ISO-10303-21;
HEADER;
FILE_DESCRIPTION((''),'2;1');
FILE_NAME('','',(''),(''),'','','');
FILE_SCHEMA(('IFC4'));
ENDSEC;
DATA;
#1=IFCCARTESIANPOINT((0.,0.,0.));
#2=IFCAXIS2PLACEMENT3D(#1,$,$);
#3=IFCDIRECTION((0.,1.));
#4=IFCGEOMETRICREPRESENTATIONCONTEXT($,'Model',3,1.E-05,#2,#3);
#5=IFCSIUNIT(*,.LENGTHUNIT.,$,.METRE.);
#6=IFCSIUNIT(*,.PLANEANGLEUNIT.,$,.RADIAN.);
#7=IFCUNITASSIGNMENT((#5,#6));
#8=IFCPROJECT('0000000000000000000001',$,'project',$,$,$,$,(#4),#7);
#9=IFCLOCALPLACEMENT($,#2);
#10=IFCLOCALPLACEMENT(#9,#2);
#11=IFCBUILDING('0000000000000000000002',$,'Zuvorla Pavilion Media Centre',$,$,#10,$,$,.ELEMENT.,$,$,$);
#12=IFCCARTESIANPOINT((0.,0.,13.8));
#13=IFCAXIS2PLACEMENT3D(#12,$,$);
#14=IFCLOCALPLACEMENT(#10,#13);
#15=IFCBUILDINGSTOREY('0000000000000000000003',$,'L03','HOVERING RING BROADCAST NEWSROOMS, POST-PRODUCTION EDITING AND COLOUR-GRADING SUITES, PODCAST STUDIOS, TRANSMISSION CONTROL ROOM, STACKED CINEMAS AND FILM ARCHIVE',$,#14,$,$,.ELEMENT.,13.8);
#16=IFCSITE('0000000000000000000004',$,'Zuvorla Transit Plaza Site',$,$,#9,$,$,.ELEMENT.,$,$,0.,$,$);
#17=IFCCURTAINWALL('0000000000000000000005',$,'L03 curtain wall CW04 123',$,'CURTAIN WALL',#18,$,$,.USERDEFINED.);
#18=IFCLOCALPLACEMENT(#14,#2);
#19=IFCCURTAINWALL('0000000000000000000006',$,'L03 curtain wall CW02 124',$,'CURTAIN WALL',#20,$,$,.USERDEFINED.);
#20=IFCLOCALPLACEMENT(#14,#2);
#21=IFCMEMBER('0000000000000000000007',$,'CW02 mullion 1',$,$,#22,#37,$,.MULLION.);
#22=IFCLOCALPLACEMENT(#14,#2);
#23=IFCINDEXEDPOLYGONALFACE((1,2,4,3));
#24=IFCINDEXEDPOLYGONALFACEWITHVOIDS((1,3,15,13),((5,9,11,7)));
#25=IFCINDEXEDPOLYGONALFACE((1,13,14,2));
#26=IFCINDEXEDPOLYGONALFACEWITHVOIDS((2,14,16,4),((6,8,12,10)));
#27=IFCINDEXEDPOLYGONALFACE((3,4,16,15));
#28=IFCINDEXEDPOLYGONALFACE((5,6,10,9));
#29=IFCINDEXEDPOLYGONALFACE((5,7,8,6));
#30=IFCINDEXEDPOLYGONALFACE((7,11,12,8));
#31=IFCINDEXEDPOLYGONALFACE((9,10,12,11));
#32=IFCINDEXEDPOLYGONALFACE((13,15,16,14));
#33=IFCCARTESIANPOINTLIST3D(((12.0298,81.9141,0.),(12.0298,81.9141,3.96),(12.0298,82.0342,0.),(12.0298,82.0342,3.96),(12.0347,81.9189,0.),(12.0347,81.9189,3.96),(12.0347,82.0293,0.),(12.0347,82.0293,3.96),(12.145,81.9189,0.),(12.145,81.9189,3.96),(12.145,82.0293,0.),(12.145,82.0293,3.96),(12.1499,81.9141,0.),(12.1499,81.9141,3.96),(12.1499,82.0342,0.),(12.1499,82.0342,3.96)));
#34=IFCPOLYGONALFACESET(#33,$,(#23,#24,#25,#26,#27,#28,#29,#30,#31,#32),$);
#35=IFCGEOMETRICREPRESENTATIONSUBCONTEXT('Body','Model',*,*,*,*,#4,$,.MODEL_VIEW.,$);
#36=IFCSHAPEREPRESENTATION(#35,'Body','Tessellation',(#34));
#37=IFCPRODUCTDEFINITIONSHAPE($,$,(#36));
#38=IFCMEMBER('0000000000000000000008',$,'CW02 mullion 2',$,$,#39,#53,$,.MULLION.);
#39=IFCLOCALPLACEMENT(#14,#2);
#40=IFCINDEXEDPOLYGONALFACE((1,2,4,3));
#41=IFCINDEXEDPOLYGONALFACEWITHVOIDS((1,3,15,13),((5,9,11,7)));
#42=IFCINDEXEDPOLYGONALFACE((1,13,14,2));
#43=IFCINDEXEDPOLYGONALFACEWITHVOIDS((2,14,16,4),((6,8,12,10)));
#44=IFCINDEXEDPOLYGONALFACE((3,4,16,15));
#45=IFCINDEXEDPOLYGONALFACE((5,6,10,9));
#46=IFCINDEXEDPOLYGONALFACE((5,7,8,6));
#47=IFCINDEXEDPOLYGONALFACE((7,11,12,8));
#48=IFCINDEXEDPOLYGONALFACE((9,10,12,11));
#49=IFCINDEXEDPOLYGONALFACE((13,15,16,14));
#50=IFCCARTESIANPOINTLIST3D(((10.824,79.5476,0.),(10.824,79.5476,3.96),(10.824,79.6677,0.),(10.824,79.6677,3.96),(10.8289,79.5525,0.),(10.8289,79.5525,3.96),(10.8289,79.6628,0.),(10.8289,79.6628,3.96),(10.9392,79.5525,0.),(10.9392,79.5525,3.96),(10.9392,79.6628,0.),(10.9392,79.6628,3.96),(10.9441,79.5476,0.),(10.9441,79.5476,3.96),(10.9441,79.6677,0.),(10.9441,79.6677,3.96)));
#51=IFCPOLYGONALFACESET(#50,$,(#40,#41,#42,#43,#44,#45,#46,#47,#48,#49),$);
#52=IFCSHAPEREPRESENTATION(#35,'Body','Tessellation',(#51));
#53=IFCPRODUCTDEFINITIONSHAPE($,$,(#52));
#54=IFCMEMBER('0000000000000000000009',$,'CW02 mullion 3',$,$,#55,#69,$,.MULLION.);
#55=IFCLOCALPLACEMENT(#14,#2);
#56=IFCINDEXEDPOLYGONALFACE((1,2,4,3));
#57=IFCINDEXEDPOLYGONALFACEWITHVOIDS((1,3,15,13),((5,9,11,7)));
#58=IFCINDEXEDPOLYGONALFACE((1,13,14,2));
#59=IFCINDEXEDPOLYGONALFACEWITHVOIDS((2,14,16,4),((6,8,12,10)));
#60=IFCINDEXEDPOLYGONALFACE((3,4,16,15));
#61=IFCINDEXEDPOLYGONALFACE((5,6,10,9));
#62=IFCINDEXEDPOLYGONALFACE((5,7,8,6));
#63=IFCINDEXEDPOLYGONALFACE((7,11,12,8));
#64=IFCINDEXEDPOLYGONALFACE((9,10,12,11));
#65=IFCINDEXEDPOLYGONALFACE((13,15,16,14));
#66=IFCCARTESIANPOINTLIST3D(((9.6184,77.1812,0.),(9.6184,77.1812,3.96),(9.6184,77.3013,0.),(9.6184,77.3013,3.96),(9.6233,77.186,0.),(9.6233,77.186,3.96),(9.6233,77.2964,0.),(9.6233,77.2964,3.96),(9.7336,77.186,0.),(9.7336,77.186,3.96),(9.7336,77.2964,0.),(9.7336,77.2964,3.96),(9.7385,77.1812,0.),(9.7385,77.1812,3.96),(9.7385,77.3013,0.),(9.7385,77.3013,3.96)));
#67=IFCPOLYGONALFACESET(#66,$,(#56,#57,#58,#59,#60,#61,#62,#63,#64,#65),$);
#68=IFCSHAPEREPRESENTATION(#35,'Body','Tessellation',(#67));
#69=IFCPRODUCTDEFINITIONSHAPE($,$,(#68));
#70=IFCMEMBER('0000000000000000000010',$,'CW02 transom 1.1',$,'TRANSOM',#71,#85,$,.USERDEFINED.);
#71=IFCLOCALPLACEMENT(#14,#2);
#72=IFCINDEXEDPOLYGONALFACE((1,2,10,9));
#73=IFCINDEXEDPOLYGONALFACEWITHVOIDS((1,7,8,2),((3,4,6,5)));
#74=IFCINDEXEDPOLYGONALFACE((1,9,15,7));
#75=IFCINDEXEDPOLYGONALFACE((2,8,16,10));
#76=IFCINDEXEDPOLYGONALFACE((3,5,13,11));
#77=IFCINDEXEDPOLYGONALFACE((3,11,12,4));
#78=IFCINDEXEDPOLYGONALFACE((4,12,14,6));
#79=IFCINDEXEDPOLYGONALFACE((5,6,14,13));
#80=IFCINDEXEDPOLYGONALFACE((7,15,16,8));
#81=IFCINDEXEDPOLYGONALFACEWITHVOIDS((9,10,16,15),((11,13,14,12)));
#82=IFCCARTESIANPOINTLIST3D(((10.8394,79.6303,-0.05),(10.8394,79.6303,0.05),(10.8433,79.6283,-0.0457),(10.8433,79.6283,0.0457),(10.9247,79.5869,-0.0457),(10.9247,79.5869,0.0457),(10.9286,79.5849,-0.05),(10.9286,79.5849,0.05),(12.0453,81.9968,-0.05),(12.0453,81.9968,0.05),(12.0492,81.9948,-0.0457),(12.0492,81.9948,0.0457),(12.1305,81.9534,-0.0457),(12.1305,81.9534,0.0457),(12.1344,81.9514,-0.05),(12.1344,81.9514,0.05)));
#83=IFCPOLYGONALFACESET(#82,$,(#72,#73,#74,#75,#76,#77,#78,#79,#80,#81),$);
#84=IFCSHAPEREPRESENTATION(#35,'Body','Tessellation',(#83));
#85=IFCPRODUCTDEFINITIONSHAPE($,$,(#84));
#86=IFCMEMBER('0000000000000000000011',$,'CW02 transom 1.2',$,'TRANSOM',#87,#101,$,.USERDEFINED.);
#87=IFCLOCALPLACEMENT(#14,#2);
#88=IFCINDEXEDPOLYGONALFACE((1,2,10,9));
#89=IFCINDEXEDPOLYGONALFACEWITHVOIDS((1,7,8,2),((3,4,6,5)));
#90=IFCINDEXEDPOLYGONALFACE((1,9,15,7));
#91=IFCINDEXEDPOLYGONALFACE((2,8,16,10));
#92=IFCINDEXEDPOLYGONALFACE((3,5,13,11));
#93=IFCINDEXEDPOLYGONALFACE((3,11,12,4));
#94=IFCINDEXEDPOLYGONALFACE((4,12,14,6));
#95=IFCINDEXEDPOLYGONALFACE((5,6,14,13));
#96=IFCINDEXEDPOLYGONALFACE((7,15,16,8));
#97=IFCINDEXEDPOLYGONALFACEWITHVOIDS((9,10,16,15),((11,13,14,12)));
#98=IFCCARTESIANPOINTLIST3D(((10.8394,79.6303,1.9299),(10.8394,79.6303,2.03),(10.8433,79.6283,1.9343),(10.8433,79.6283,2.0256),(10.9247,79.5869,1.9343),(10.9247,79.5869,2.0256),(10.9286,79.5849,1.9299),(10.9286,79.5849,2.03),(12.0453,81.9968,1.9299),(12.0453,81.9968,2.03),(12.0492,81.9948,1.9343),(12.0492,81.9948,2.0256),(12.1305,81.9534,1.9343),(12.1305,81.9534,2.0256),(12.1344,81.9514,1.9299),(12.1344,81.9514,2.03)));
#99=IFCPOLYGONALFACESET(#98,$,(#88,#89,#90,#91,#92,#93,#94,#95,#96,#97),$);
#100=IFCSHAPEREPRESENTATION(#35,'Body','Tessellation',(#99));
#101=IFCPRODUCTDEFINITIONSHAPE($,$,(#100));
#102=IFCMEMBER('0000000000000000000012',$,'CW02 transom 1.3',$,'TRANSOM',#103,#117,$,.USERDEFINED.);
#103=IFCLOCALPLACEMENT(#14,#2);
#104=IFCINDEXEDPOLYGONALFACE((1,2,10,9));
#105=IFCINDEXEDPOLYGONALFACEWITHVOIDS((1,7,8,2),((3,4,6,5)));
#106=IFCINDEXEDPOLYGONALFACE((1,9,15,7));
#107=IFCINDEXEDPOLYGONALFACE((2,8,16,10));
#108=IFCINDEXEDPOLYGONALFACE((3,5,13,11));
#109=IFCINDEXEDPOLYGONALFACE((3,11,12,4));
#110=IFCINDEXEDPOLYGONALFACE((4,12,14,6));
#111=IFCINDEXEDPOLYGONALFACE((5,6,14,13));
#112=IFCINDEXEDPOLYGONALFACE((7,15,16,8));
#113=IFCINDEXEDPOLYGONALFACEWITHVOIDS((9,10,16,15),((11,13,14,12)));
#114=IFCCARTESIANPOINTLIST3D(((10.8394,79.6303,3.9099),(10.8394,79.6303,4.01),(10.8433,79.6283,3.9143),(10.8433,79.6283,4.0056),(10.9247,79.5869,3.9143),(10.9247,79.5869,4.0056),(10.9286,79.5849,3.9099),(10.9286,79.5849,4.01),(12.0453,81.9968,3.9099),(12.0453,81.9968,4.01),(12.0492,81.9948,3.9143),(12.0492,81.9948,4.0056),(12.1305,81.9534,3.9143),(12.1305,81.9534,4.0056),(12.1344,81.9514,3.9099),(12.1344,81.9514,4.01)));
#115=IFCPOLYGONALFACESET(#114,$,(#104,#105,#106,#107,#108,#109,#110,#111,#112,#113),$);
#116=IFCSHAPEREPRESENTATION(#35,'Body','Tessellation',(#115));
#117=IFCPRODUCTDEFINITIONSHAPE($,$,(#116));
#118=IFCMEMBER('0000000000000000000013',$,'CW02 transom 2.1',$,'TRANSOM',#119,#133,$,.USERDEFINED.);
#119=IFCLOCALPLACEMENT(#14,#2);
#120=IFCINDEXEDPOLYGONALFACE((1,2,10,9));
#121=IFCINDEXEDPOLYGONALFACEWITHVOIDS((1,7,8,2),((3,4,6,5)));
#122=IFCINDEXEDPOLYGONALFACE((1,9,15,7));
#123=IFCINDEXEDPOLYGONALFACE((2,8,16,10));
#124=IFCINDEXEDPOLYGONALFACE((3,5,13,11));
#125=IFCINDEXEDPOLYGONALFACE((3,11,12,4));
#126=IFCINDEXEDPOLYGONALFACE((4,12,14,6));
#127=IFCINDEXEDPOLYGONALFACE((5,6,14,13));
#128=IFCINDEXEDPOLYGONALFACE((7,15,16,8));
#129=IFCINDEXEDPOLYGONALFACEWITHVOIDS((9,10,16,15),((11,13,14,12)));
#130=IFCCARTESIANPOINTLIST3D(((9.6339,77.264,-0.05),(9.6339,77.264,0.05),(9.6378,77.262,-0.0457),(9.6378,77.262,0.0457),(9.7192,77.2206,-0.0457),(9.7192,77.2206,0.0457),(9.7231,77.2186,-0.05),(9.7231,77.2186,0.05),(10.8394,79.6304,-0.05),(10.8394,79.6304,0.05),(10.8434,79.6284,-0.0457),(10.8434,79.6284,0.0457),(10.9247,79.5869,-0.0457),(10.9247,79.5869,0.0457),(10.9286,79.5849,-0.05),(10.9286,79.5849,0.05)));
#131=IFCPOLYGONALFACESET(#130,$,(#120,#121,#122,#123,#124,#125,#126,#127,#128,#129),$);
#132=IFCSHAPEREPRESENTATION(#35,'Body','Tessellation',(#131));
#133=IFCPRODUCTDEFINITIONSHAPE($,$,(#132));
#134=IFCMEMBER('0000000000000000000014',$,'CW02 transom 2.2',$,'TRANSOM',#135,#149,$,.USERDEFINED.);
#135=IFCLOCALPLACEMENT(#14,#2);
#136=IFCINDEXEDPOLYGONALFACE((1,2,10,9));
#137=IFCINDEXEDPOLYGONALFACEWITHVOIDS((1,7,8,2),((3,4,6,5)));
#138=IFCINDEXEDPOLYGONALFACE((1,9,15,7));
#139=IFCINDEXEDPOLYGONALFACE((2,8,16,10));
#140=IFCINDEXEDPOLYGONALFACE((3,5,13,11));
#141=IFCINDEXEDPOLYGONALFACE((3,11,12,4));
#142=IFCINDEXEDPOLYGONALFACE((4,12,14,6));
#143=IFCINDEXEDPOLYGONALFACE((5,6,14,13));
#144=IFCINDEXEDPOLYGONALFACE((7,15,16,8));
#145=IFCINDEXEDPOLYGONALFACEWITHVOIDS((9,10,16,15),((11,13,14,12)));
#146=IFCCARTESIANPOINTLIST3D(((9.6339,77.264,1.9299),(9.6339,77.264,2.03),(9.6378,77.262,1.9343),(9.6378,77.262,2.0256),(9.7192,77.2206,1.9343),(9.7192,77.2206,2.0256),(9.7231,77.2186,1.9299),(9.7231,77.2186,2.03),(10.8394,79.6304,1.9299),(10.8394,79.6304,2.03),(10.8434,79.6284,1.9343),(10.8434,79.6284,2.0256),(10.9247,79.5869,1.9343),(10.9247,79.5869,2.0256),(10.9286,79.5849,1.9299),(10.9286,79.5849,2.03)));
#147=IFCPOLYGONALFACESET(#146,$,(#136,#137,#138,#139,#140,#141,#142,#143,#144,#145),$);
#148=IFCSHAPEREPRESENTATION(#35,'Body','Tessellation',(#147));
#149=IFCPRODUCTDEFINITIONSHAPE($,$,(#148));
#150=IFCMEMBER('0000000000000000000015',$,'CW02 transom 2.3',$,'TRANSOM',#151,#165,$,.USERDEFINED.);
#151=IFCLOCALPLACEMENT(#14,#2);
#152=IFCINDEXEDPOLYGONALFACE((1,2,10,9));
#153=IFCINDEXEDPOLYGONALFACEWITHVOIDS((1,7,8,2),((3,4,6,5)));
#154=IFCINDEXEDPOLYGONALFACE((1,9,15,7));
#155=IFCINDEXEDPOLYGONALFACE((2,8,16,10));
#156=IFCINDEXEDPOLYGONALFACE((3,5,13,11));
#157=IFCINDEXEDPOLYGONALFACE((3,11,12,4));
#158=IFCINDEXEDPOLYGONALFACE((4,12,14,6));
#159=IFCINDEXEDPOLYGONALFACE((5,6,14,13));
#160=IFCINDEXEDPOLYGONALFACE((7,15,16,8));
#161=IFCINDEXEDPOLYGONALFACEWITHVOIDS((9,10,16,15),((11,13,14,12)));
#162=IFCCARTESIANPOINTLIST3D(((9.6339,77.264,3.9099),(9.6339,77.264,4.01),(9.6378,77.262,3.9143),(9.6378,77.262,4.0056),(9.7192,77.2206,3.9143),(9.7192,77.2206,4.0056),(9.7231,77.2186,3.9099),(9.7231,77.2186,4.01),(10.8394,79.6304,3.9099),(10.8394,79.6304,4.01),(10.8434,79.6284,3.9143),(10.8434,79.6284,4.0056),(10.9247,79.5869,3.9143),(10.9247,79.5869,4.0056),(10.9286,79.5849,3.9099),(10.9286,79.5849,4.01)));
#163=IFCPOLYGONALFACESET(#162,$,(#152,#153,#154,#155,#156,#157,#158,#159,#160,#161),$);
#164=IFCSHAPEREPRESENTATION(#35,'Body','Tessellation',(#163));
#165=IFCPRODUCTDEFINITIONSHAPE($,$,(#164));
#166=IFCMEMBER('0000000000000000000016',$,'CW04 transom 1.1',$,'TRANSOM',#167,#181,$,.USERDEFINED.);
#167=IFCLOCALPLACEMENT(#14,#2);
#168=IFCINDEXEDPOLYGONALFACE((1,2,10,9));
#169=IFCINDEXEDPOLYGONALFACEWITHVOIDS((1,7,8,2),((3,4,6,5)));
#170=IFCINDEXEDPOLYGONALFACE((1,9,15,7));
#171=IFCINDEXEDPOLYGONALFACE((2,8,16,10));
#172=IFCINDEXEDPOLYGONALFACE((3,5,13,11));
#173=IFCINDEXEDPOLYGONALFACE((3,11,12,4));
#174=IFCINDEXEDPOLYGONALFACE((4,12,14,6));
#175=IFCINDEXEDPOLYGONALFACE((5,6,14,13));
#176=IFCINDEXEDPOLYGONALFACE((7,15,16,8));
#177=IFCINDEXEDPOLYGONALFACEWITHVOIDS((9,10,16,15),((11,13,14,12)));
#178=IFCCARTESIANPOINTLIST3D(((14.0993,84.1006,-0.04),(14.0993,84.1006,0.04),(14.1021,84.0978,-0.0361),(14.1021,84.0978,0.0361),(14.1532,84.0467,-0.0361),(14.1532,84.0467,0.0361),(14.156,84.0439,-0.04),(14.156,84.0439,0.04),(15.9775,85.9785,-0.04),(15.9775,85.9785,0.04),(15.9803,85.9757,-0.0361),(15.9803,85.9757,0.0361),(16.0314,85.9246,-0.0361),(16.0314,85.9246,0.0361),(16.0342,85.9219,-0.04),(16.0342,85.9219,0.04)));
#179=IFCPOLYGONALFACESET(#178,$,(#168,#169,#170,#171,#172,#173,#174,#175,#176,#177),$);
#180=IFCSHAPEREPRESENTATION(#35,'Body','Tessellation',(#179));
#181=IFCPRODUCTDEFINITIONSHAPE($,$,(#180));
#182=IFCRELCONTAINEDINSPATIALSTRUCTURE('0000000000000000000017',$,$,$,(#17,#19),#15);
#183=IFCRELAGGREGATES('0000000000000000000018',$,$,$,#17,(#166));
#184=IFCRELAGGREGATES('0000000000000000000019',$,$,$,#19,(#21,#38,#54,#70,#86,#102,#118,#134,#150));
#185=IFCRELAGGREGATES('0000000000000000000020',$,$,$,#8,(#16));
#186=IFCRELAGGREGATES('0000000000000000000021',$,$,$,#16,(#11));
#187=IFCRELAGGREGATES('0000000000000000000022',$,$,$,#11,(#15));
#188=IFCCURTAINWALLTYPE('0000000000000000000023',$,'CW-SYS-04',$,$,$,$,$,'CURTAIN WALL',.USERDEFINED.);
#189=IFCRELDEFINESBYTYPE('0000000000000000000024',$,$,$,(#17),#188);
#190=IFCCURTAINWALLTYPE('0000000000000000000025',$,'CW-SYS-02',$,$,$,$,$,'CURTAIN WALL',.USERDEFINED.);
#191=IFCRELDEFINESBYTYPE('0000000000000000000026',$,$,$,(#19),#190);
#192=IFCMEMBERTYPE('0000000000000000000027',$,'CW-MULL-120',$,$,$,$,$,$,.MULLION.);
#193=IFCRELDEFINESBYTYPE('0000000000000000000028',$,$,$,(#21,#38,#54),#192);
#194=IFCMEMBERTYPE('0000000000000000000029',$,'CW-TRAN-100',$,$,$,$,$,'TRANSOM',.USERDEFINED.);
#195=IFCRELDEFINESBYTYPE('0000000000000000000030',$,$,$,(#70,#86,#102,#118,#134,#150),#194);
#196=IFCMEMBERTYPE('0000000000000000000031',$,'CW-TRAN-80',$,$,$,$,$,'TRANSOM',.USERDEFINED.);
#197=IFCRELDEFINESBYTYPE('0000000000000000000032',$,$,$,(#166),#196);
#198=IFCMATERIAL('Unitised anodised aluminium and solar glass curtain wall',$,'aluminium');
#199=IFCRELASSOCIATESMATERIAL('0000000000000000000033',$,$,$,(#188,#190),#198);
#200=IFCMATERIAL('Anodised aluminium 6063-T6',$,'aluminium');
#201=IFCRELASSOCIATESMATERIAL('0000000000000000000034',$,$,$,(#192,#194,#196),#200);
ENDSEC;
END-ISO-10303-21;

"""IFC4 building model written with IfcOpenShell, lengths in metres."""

from ifc_helpers import new_model, si_unit, direction, frame, origin, origin_2d, place, context, subcontext, project, spatial, hollow_rectangle, extrude, material, material_profile, profile_set, type_object, element, aggregate, save


model = new_model("IFC4")

# Units and contexts
model_context = context("Model", 3, precision=1e-05, world=origin(), true_north=direction((0.0, 1.0)))
body_context = subcontext(model_context, "Body", "Model", "MODEL_VIEW")
ifc_project = project(units=[si_unit("LENGTHUNIT", "METRE"), si_unit("PLANEANGLEUNIT", "RADIAN")], contexts=[model_context])

# Site, building, storey
site_placement = place(None, origin())
site = spatial("IfcSite", under=ifc_project, at=site_placement, Name="Zuvorla Transit Plaza Site", CompositionType="ELEMENT", RefElevation=0.0)
building_placement = place(site_placement, origin())
building = spatial("IfcBuilding", under=site, at=building_placement, Name="Zuvorla Pavilion Media Centre", CompositionType="ELEMENT")
storey_placement = place(building_placement, frame((0.0, 0.0, 13.8)))
storey = spatial("IfcBuildingStorey", under=building, at=storey_placement, Name="L03", Description="HOVERING RING BROADCAST NEWSROOMS, POST-PRODUCTION EDITING AND COLOUR-GRADING SUITES, PODCAST STUDIOS, TRANSMISSION CONTROL ROOM, STACKED CINEMAS AND FILM ARCHIVE", CompositionType="ELEMENT", Elevation=13.8)

# Curtain wall
ifc_material_1 = material(Name="Unitised anodised aluminium and solar glass curtain wall", Category="aluminium")
curtain_wall_type_1 = type_object("IfcCurtainWallType", Name="CW-SYS-04", ElementType="CURTAIN WALL", PredefinedType="USERDEFINED", material=ifc_material_1)
curtain_wall_1_placement = place(storey_placement, origin())
curtain_wall_1 = element("IfcCurtainWall", 1, at=curtain_wall_1_placement, inside=storey, type_object=curtain_wall_type_1, Name="L03 curtain wall CW04 123", ObjectType="CURTAIN WALL", PredefinedType="USERDEFINED")
ifc_material_2 = material(Name="Anodised aluminium 6063-T6", Category="aluminium")

# Shared definitions
ifc_material_profile_1 = material_profile(ifc_material_2, hollow_rectangle(XDim=0.1201, YDim=0.1201, WallThickness=0.0049, at=origin_2d()), Name="ALU MULL 120x120")
ifc_profile_set_1 = profile_set([ifc_material_profile_1], Name="Anodised aluminium 6063-T6")
member_type_1 = type_object("IfcMemberType", Name="CW-MULL-120", PredefinedType="MULLION", material=ifc_profile_set_1)

# Curtain wall, members
curtain_wall_type_2 = type_object("IfcCurtainWallType", Name="CW-SYS-02", ElementType="CURTAIN WALL", PredefinedType="USERDEFINED", material=ifc_material_1)
curtain_wall_2_placement = place(storey_placement, origin())
curtain_wall_2 = element("IfcCurtainWall", 2, at=curtain_wall_2_placement, inside=storey, type_object=curtain_wall_type_2, Name="L03 curtain wall CW02 124", ObjectType="CURTAIN WALL", PredefinedType="USERDEFINED")
member_1_placement = place(storey_placement, frame((12.0898, 81.9741, 0.0), z_axis=(0.0, 0.0, 1.0), x_axis=(1.0, 0.0, 0.0)))
member_1 = element("IfcMember", 3, at=member_1_placement, type_object=member_type_1, Name="CW02 mullion 1", PredefinedType="MULLION", context=body_context, shape_type="SweptSolid", body=[
    extrude(hollow_rectangle(XDim=0.1201, YDim=0.1201, WallThickness=0.0049, at=origin_2d()), origin(), (0.0, 0.0, 1.0), 3.96),
])
member_2_placement = place(storey_placement, frame((10.884, 79.6077, 0.0), z_axis=(0.0, 0.0, 1.0), x_axis=(1.0, 0.0, 0.0)))
member_2 = element("IfcMember", 4, at=member_2_placement, type_object=member_type_1, Name="CW02 mullion 2", PredefinedType="MULLION", context=body_context, shape_type="SweptSolid", body=[
    extrude(hollow_rectangle(XDim=0.1201, YDim=0.1201, WallThickness=0.0049, at=origin_2d()), origin(), (0.0, 0.0, 1.0), 3.96),
])
member_3_placement = place(storey_placement, frame((9.6785, 77.2412, 0.0), z_axis=(0.0, 0.0, 1.0), x_axis=(1.0, 0.0, 0.0)))
member_3 = element("IfcMember", 5, at=member_3_placement, type_object=member_type_1, Name="CW02 mullion 3", PredefinedType="MULLION", context=body_context, shape_type="SweptSolid", body=[
    extrude(hollow_rectangle(XDim=0.1201, YDim=0.1201, WallThickness=0.0049, at=origin_2d()), origin(), (0.0, 0.0, 1.0), 3.96),
])
ifc_material_profile_2 = material_profile(ifc_material_2, hollow_rectangle(XDim=0.1001, YDim=0.1001, WallThickness=0.0044, at=origin_2d()), Name="ALU TRAN 100x100")
ifc_profile_set_2 = profile_set([ifc_material_profile_2], Name="Anodised aluminium 6063-T6")
member_type_2 = type_object("IfcMemberType", Name="CW-TRAN-100", ElementType="TRANSOM", PredefinedType="USERDEFINED", material=ifc_profile_set_2)
member_4_placement = place(storey_placement, frame((12.0898, 81.9741, 0.0), z_axis=(-0.454003, -0.891, 0.0), x_axis=(0.891, -0.454003, 0.0)))
member_4 = element("IfcMember", 6, at=member_4_placement, type_object=member_type_2, Name="CW02 transom 1.1", ObjectType="TRANSOM", PredefinedType="USERDEFINED", context=body_context, shape_type="SweptSolid", body=[
    extrude(hollow_rectangle(XDim=0.1001, YDim=0.1001, WallThickness=0.0044, at=origin_2d()), origin(), (0.0, 0.0, 1.0), 2.656),
])
member_5_placement = place(storey_placement, frame((12.0898, 81.9741, 1.98), z_axis=(-0.454003, -0.891, 0.0), x_axis=(0.891, -0.454003, 0.0)))
member_5 = element("IfcMember", 7, at=member_5_placement, type_object=member_type_2, Name="CW02 transom 1.2", ObjectType="TRANSOM", PredefinedType="USERDEFINED", context=body_context, shape_type="SweptSolid", body=[
    extrude(hollow_rectangle(XDim=0.1001, YDim=0.1001, WallThickness=0.0044, at=origin_2d()), origin(), (0.0, 0.0, 1.0), 2.656),
])
member_6_placement = place(storey_placement, frame((12.0898, 81.9741, 3.96), z_axis=(-0.454003, -0.891, 0.0), x_axis=(0.891, -0.454003, 0.0)))
member_6 = element("IfcMember", 8, at=member_6_placement, type_object=member_type_2, Name="CW02 transom 1.3", ObjectType="TRANSOM", PredefinedType="USERDEFINED", context=body_context, shape_type="SweptSolid", body=[
    extrude(hollow_rectangle(XDim=0.1001, YDim=0.1001, WallThickness=0.0044, at=origin_2d()), origin(), (0.0, 0.0, 1.0), 2.656),
])
member_7_placement = place(storey_placement, frame((10.884, 79.6077, 0.0), z_axis=(-0.45393, -0.891037, 0.0), x_axis=(0.891037, -0.45393, 0.0)))
member_7 = element("IfcMember", 9, at=member_7_placement, type_object=member_type_2, Name="CW02 transom 2.1", ObjectType="TRANSOM", PredefinedType="USERDEFINED", context=body_context, shape_type="SweptSolid", body=[
    extrude(hollow_rectangle(XDim=0.1001, YDim=0.1001, WallThickness=0.0044, at=origin_2d()), origin(), (0.0, 0.0, 1.0), 2.6558),
])
member_8_placement = place(storey_placement, frame((10.884, 79.6077, 1.98), z_axis=(-0.45393, -0.891037, 0.0), x_axis=(0.891037, -0.45393, 0.0)))
member_8 = element("IfcMember", 10, at=member_8_placement, type_object=member_type_2, Name="CW02 transom 2.2", ObjectType="TRANSOM", PredefinedType="USERDEFINED", context=body_context, shape_type="SweptSolid", body=[
    extrude(hollow_rectangle(XDim=0.1001, YDim=0.1001, WallThickness=0.0044, at=origin_2d()), origin(), (0.0, 0.0, 1.0), 2.6558),
])
member_9_placement = place(storey_placement, frame((10.884, 79.6077, 3.96), z_axis=(-0.45393, -0.891037, 0.0), x_axis=(0.891037, -0.45393, 0.0)))
member_9 = element("IfcMember", 11, at=member_9_placement, type_object=member_type_2, Name="CW02 transom 2.3", ObjectType="TRANSOM", PredefinedType="USERDEFINED", context=body_context, shape_type="SweptSolid", body=[
    extrude(hollow_rectangle(XDim=0.1001, YDim=0.1001, WallThickness=0.0044, at=origin_2d()), origin(), (0.0, 0.0, 1.0), 2.6558),
])

# Member
ifc_material_profile_3 = material_profile(ifc_material_2, hollow_rectangle(XDim=0.0801, YDim=0.0801, WallThickness=0.0039, at=origin_2d()), Name="ALU TRAN 80x80")
ifc_profile_set_3 = profile_set([ifc_material_profile_3], Name="Anodised aluminium 6063-T6")
member_type_3 = type_object("IfcMemberType", Name="CW-TRAN-80", ElementType="TRANSOM", PredefinedType="USERDEFINED", material=ifc_profile_set_3)
member_10_placement = place(storey_placement, frame((16.0059, 85.9502, 0.0), z_axis=(-0.707153, -0.707061, 0.0), x_axis=(0.707061, -0.707153, 0.0)))
member_10 = element("IfcMember", 12, at=member_10_placement, type_object=member_type_3, Name="CW04 transom 1.1", ObjectType="TRANSOM", PredefinedType="USERDEFINED", context=body_context, shape_type="SweptSolid", body=[
    extrude(hollow_rectangle(XDim=0.0801, YDim=0.0801, WallThickness=0.0039, at=origin_2d()), origin(), (0.0, 0.0, 1.0), 2.656),
])

aggregate(curtain_wall_1, [member_10])
aggregate(curtain_wall_2, [member_1, member_2, member_3, member_4, member_5, member_6, member_7, member_8, member_9])

save(model, "model.ifc")
